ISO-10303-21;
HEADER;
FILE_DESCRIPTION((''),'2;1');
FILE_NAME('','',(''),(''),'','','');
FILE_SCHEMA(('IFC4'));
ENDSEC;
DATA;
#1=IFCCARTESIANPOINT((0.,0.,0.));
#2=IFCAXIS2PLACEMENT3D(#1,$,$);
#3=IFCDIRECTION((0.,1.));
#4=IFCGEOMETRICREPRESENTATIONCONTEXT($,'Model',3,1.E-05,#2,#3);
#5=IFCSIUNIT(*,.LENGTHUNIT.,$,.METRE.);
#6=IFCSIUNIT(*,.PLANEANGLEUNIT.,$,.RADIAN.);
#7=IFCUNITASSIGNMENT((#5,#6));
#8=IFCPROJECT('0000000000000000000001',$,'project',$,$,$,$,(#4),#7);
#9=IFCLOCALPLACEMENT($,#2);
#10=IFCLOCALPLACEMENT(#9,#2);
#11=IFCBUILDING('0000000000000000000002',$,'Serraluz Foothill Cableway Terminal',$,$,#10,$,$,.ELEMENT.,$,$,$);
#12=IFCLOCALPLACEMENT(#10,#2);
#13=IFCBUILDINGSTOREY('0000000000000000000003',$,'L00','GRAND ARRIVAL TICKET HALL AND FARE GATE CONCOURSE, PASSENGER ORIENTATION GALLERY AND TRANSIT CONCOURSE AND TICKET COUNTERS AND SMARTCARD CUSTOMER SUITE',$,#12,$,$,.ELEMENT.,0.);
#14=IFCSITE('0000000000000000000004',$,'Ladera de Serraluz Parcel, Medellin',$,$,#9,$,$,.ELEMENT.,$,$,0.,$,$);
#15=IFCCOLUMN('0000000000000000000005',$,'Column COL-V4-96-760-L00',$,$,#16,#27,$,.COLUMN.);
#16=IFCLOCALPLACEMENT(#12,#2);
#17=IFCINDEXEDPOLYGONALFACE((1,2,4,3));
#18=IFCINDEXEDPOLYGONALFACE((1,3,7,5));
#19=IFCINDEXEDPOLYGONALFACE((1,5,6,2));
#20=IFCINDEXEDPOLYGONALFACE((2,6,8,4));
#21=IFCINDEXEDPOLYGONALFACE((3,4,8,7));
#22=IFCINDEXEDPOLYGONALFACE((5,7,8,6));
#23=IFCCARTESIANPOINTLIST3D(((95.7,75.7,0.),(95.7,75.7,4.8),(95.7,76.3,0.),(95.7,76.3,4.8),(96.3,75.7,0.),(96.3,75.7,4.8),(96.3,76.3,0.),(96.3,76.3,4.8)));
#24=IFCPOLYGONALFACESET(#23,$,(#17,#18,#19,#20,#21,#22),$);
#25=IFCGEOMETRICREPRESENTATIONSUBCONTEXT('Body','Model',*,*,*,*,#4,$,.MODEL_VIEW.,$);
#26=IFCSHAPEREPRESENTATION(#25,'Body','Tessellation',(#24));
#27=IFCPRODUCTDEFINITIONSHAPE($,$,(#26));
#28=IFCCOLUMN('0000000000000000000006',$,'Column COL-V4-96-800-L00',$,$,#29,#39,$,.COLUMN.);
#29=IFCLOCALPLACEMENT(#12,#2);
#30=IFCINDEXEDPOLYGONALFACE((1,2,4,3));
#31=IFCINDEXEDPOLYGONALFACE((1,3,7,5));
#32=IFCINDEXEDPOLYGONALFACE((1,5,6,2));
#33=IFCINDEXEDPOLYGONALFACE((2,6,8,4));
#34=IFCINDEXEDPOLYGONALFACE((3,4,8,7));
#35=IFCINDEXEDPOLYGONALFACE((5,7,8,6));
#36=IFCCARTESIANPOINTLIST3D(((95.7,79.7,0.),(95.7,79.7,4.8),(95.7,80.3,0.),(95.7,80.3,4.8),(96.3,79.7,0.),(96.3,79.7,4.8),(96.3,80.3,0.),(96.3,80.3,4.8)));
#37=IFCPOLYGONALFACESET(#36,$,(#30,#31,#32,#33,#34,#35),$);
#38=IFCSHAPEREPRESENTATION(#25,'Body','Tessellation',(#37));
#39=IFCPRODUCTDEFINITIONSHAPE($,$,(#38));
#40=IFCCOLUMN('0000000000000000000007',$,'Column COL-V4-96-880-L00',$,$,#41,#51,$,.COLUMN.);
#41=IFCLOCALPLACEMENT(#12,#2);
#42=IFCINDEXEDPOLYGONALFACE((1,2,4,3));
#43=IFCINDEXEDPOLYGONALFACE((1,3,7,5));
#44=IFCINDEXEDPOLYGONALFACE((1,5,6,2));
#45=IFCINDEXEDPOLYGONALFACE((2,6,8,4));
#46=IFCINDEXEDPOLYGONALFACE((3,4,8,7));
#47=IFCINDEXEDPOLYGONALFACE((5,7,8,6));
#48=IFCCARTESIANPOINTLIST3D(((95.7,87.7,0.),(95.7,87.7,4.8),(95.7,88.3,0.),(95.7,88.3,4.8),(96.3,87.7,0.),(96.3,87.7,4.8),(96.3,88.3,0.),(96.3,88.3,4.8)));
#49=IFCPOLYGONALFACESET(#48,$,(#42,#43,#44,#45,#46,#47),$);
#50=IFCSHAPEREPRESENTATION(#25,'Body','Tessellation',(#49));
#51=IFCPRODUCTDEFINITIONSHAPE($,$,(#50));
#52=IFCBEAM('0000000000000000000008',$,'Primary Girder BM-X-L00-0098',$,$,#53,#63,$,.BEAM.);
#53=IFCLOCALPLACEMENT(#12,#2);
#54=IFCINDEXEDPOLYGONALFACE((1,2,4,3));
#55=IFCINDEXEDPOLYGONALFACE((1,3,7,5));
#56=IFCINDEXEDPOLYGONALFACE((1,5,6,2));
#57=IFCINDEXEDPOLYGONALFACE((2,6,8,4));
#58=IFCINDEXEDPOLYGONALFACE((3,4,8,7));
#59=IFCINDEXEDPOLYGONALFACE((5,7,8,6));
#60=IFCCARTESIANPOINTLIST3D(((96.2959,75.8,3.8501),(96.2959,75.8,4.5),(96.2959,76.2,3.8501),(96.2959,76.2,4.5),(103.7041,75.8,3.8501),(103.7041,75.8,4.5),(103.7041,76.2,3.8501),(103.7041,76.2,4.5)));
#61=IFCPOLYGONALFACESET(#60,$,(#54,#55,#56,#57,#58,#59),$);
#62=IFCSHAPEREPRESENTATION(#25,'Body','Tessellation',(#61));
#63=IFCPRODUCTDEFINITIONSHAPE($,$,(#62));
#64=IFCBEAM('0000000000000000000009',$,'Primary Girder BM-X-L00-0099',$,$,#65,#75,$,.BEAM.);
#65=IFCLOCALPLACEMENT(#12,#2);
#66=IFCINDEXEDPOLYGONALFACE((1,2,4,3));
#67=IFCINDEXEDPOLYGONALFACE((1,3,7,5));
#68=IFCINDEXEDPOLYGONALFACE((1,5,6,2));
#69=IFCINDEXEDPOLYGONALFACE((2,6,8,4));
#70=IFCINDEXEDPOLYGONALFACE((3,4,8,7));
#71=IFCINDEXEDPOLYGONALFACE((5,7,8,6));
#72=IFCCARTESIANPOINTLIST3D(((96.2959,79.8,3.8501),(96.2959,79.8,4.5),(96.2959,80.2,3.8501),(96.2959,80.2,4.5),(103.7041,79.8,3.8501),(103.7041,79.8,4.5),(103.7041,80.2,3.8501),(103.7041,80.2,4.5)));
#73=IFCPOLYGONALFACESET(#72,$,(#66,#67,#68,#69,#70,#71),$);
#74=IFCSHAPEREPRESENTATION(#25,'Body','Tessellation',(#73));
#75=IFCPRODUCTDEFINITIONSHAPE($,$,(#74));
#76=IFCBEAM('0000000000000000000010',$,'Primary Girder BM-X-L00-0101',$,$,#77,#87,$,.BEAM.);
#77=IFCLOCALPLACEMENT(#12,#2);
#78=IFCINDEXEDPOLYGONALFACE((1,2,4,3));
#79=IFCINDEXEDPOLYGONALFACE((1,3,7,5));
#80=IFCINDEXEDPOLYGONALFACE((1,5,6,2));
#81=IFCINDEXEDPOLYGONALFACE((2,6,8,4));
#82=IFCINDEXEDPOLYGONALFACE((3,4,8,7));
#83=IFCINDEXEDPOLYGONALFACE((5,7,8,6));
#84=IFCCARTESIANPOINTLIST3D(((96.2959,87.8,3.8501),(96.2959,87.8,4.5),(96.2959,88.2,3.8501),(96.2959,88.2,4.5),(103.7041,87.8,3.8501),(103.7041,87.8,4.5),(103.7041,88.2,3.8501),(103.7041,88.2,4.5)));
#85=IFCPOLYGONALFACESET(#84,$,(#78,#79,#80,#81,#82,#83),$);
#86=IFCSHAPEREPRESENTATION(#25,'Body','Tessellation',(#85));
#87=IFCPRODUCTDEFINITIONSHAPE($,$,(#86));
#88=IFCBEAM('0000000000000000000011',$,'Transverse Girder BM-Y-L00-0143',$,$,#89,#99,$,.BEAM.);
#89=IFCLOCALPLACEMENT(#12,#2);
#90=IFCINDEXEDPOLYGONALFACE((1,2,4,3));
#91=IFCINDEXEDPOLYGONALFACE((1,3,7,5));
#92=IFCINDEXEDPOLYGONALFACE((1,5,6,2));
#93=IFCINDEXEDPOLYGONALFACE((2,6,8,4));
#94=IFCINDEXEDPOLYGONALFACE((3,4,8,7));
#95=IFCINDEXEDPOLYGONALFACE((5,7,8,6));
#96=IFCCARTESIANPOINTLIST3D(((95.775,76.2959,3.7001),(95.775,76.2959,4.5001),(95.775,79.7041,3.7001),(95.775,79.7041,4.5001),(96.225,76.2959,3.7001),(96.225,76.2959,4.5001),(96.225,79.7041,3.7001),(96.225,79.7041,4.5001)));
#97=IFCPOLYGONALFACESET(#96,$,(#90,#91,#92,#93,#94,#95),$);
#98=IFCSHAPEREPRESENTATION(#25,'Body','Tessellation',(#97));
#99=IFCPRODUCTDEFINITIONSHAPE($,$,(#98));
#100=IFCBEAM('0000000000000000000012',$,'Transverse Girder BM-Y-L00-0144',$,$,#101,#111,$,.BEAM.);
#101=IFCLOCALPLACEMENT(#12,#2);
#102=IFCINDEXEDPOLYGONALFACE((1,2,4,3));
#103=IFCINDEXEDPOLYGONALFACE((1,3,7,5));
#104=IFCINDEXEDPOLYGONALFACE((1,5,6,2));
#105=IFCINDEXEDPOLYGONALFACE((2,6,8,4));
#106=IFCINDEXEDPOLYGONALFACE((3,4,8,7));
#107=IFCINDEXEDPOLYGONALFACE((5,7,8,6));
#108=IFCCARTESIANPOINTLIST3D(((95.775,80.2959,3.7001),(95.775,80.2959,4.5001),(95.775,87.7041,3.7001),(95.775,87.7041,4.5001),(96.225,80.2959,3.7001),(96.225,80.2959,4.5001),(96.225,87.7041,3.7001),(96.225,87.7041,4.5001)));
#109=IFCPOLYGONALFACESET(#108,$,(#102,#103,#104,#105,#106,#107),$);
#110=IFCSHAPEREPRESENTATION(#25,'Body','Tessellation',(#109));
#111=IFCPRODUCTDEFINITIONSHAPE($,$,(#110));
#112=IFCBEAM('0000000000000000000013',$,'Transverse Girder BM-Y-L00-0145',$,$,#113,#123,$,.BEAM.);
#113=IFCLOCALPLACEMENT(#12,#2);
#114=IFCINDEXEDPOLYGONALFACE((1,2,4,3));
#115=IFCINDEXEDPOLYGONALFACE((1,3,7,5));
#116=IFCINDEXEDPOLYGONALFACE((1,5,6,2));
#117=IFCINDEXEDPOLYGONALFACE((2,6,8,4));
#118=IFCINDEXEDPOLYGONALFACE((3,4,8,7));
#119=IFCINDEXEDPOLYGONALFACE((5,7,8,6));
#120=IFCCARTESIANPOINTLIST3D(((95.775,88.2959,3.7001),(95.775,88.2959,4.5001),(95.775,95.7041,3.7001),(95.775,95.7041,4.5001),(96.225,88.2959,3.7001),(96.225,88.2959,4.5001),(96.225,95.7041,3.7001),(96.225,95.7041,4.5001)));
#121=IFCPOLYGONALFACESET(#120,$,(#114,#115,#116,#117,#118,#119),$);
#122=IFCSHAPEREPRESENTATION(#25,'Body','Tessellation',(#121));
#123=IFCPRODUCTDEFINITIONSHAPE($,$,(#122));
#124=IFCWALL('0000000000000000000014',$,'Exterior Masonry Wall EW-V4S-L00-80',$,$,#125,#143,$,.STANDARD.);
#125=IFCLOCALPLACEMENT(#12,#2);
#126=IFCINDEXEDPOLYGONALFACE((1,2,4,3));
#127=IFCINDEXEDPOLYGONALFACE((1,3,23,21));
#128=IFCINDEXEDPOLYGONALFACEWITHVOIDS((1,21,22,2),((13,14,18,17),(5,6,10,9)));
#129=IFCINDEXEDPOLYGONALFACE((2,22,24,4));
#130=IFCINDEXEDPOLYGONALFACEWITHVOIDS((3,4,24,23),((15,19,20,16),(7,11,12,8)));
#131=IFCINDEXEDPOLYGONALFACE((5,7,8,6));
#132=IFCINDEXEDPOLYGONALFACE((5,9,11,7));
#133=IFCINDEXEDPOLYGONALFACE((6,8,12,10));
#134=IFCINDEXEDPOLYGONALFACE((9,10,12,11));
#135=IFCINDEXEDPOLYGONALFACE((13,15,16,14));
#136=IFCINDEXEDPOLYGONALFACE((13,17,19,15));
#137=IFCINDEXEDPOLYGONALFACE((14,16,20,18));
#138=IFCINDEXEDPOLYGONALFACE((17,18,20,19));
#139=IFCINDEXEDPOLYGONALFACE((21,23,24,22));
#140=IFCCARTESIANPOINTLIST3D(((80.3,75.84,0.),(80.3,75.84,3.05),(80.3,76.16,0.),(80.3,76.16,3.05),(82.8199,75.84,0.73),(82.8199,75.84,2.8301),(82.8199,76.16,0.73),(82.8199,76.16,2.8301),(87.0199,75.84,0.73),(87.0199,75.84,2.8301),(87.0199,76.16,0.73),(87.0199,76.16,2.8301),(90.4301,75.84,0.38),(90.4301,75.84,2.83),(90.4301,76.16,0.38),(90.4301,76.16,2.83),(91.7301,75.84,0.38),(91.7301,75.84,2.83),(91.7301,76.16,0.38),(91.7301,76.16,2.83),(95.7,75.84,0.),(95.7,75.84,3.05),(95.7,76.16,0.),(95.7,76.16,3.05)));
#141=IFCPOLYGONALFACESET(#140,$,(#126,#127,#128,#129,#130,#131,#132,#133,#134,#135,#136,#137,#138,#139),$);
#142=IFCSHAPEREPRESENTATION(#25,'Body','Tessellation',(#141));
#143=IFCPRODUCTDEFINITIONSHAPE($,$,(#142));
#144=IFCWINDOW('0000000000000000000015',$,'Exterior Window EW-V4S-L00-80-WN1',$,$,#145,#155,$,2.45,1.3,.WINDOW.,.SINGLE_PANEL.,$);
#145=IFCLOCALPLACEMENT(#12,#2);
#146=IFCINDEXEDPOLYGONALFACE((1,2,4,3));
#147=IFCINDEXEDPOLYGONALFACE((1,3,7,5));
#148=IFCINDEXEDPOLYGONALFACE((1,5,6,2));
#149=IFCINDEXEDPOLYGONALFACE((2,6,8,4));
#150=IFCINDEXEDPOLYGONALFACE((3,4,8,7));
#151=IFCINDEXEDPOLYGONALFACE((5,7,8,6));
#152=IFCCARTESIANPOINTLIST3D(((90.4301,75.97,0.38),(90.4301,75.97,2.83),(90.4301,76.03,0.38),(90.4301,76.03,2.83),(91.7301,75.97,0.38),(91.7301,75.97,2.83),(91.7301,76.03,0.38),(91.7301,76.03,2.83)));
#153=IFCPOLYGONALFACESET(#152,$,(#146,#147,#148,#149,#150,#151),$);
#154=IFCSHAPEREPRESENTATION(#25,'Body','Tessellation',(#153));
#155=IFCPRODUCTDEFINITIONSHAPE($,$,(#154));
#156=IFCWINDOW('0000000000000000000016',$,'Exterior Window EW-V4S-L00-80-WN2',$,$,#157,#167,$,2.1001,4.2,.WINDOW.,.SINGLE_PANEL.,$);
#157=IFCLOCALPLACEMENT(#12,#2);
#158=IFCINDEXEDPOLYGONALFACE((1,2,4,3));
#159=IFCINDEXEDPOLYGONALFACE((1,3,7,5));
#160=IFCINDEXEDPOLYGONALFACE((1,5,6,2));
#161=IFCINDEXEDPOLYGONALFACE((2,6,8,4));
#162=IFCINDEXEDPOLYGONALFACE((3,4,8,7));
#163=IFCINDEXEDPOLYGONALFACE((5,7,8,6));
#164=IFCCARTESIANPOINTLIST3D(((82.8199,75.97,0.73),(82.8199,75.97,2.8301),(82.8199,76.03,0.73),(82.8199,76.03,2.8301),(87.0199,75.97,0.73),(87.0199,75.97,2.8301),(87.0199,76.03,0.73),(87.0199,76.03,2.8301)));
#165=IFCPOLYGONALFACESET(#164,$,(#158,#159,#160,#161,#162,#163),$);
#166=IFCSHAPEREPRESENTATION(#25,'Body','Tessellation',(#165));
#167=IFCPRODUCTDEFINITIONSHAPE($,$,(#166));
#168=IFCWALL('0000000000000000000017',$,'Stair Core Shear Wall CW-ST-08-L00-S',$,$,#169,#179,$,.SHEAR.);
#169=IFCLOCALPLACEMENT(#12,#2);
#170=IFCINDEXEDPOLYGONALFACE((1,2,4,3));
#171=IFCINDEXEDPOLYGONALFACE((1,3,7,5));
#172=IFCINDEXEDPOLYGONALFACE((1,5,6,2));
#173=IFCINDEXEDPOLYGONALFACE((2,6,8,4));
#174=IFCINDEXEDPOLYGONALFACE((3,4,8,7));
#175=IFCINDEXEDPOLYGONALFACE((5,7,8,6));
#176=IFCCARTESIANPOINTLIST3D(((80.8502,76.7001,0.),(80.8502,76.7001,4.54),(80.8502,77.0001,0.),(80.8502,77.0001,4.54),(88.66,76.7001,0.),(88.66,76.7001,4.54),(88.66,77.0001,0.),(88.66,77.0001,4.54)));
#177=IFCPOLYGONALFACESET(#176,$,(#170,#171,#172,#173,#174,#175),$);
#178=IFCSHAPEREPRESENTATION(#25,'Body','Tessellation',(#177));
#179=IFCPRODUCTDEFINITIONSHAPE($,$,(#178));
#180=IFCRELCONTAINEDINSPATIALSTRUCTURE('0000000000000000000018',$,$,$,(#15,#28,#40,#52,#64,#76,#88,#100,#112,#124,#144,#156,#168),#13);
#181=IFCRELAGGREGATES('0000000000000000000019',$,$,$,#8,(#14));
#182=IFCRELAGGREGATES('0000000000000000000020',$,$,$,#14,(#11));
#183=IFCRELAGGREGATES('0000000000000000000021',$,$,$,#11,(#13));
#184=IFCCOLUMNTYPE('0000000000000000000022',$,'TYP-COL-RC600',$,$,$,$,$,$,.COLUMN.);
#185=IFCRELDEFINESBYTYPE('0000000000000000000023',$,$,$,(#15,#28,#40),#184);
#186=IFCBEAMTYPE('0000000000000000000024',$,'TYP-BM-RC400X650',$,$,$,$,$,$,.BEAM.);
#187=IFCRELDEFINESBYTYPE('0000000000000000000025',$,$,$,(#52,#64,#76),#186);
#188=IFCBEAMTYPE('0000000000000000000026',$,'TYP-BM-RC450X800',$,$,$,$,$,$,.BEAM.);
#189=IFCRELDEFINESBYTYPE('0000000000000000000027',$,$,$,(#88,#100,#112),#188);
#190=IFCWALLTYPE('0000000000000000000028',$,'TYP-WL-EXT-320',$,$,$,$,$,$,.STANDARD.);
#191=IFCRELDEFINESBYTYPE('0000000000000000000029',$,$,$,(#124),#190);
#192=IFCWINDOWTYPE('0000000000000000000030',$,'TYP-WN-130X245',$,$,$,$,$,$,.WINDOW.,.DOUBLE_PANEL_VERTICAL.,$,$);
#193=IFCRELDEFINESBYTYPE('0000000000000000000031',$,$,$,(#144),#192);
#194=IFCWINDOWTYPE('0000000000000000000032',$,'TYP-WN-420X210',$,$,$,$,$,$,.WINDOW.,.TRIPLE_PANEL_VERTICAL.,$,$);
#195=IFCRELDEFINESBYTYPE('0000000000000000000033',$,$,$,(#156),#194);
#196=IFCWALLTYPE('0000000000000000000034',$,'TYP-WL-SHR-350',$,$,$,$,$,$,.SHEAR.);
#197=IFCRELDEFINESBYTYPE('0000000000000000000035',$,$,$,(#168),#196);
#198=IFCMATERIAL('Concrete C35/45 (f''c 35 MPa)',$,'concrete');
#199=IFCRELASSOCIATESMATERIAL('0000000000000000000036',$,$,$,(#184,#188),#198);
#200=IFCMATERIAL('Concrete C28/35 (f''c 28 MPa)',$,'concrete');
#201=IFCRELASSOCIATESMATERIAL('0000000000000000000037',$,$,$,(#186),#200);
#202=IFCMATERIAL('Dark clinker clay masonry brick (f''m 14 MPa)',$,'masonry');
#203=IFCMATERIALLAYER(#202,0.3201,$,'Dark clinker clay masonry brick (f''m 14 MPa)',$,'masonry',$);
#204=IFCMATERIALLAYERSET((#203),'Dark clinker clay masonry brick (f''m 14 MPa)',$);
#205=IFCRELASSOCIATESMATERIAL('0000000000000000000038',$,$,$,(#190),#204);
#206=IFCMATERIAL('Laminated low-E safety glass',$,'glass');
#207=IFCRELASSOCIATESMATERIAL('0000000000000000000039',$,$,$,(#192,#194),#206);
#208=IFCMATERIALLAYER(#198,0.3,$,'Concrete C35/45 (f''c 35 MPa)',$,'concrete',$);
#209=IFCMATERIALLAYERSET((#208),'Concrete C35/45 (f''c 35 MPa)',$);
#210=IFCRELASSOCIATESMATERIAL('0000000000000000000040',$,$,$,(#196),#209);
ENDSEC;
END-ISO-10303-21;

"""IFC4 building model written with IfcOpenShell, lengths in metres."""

from ifc_helpers import new_model, si_unit, direction, frame, frame_2d, origin, origin_2d, place, context, subcontext, project, spatial, rectangle, extrude, material, layer, layer_set, material_profile, profile_set, type_object, element, fill, save


model = new_model("IFC4")

# Units and contexts
model_context = context("Model", 3, precision=1e-05, world=origin(), true_north=direction((0.0, 1.0)))
body_context = subcontext(model_context, "Body", "Model", "MODEL_VIEW")
ifc_project = project(units=[si_unit("LENGTHUNIT", "METRE"), si_unit("PLANEANGLEUNIT", "RADIAN")], contexts=[model_context])

# Site, building, storey
site_placement = place(None, origin())
site = spatial("IfcSite", under=ifc_project, at=site_placement, Name="Ladera de Serraluz Parcel, Medellin", CompositionType="ELEMENT", RefElevation=0.0)
building_placement = place(site_placement, origin())
building = spatial("IfcBuilding", under=site, at=building_placement, Name="Serraluz Foothill Cableway Terminal", CompositionType="ELEMENT")
storey_placement = place(building_placement, origin())
storey = spatial("IfcBuildingStorey", under=building, at=storey_placement, Name="L00", Description="GRAND ARRIVAL TICKET HALL AND FARE GATE CONCOURSE, PASSENGER ORIENTATION GALLERY AND TRANSIT CONCOURSE AND TICKET COUNTERS AND SMARTCARD CUSTOMER SUITE", CompositionType="ELEMENT", Elevation=0.0)

# Columns
ifc_material_1 = material(Name="Concrete C35/45 (f'c 35 MPa)", Category="concrete")
ifc_material_profile_1 = material_profile(ifc_material_1, rectangle(XDim=0.6001, YDim=0.6001, at=origin_2d()), Name="RC 600x600")
ifc_profile_set_1 = profile_set([ifc_material_profile_1], Name="Concrete C35/45 (f'c 35 MPa)")
column_type = type_object("IfcColumnType", Name="TYP-COL-RC600", PredefinedType="COLUMN", material=ifc_profile_set_1)
for number, where, z_axis, x_axis, name in (
    (1, (96.0, 76.0, 0.0), (0.0, 0.0, 1.0), (1.0, 0.0, 0.0), "Column COL-V4-96-760-L00"),
    (2, (96.0, 80.0, 0.0), (0.0, 0.0, 1.0), (1.0, 0.0, 0.0), "Column COL-V4-96-800-L00"),
    (3, (96.0, 88.0, 0.0), (0.0, 0.0, 1.0), (1.0, 0.0, 0.0), "Column COL-V4-96-880-L00"),
):
    element("IfcColumn", number, at=place(storey_placement, frame(where, z_axis=z_axis, x_axis=x_axis)), inside=storey, type_object=column_type, Name=name, PredefinedType="COLUMN", context=body_context, shape_type="SweptSolid", body=[
        extrude(rectangle(XDim=0.6001, YDim=0.6001, at=origin_2d()), origin(), (0.0, 0.0, 1.0), 4.8),
    ])

# Beams
ifc_material_2 = material(Name="Concrete C28/35 (f'c 28 MPa)", Category="concrete")
ifc_material_profile_2 = material_profile(ifc_material_2, rectangle(XDim=0.3999, YDim=0.6499, at=origin_2d()), Name="RC 400x650")
ifc_profile_set_2 = profile_set([ifc_material_profile_2], Name="Concrete C28/35 (f'c 28 MPa)")
beam_type_1 = type_object("IfcBeamType", Name="TYP-BM-RC400X650", PredefinedType="BEAM", material=ifc_profile_set_2)
for number, where, z_axis, x_axis, name in (
    (4, (96.2959, 76.0, 4.175), (1.0, 0.0, 0.0), (0.0, 1.0, 0.0), "Primary Girder BM-X-L00-0098"),
    (5, (96.2959, 80.0, 4.175), (1.0, 0.0, 0.0), (0.0, 1.0, 0.0), "Primary Girder BM-X-L00-0099"),
    (6, (96.2959, 88.0, 4.175), (1.0, 0.0, 0.0), (0.0, 1.0, 0.0), "Primary Girder BM-X-L00-0101"),
):
    element("IfcBeam", number, at=place(storey_placement, frame(where, z_axis=z_axis, x_axis=x_axis)), inside=storey, type_object=beam_type_1, Name=name, PredefinedType="BEAM", context=body_context, shape_type="SweptSolid", body=[
        extrude(rectangle(XDim=0.3999, YDim=0.6499, at=origin_2d()), origin(), (0.0, 0.0, 1.0), 7.4082),
    ])
ifc_material_profile_3 = material_profile(ifc_material_1, rectangle(XDim=0.45, YDim=0.8, at=origin_2d()), Name="RC 450x800")
ifc_profile_set_3 = profile_set([ifc_material_profile_3], Name="Concrete C35/45 (f'c 35 MPa)")
beam_type_2 = type_object("IfcBeamType", Name="TYP-BM-RC450X800", PredefinedType="BEAM", material=ifc_profile_set_3)
beam_placement = place(storey_placement, frame((96.0, 76.2959, 4.1001), z_axis=(0.0, 1.0, 0.0), x_axis=(-1.0, 0.0, 0.0)))
element("IfcBeam", 7, at=beam_placement, inside=storey, type_object=beam_type_2, Name="Transverse Girder BM-Y-L00-0143", PredefinedType="BEAM", context=body_context, shape_type="SweptSolid", body=[
    extrude(rectangle(XDim=0.45, YDim=0.8, at=origin_2d()), origin(), (0.0, 0.0, 1.0), 3.4082),
])
for number, where, z_axis, x_axis, name in (
    (8, (96.0, 80.2959, 4.1001), (0.0, 1.0, 0.0), (-1.0, 0.0, 0.0), "Transverse Girder BM-Y-L00-0144"),
    (9, (96.0, 88.2959, 4.1001), (0.0, 1.0, 0.0), (-1.0, 0.0, 0.0), "Transverse Girder BM-Y-L00-0145"),
):
    element("IfcBeam", number, at=place(storey_placement, frame(where, z_axis=z_axis, x_axis=x_axis)), inside=storey, type_object=beam_type_2, Name=name, PredefinedType="BEAM", context=body_context, shape_type="SweptSolid", body=[
        extrude(rectangle(XDim=0.45, YDim=0.8, at=origin_2d()), origin(), (0.0, 0.0, 1.0), 7.4082),
    ])

# Wall, openings, windows
ifc_material_3 = material(Name="Dark clinker clay masonry brick (f'm 14 MPa)", Category="masonry")
ifc_layer_1 = layer(ifc_material_3, 0.3201, Name="Dark clinker clay masonry brick (f'm 14 MPa)", Category="masonry")
ifc_layer_set_1 = layer_set([ifc_layer_1], Name="Dark clinker clay masonry brick (f'm 14 MPa)")
wall_type_1 = type_object("IfcWallType", Name="TYP-WL-EXT-320", PredefinedType="STANDARD", material=ifc_layer_set_1)
wall_1_placement = place(storey_placement, frame((95.7, 76.0, 0.0), z_axis=(0.0, 0.0, 1.0), x_axis=(-1.0, 0.0, 0.0)))
wall_1 = element("IfcWall", 10, at=wall_1_placement, inside=storey, type_object=wall_type_1, Name="Exterior Masonry Wall EW-V4S-L00-80", PredefinedType="STANDARD", context=body_context, shape_type="SweptSolid", body=[
    extrude(rectangle(XDim=15.3999, YDim=0.3201, at=frame_2d((7.7, 0.0))), origin(), (0.0, 0.0, 1.0), 3.05),
])
opening_1_placement = place(wall_1_placement, frame((3.97, 0.0, 0.3799)))
opening_1 = element("IfcOpeningElement", 11, at=opening_1_placement, cuts=wall_1, PredefinedType="OPENING", context=body_context, shape_type="SweptSolid", body=[
    extrude(rectangle(XDim=1.3, YDim=2.45, at=frame_2d((0.6499, 1.2251))), frame((0.0, 0.1699, 0.0), z_axis=(0.0, -1.0, 0.0), x_axis=(1.0, 0.0, 0.0)), (0.0, 0.0, 1.0), 0.3401),
])
opening_2_placement = place(wall_1_placement, frame((8.6799, 0.0, 0.73)))
opening_2 = element("IfcOpeningElement", 12, at=opening_2_placement, cuts=wall_1, PredefinedType="OPENING", context=body_context, shape_type="SweptSolid", body=[
    extrude(rectangle(XDim=4.2, YDim=2.1001, at=frame_2d((2.1001, 1.05))), frame((0.0, 0.1699, 0.0), z_axis=(0.0, -1.0, 0.0), x_axis=(1.0, 0.0, 0.0)), (0.0, 0.0, 1.0), 0.3401),
])
ifc_material_4 = material(Name="Laminated low-E safety glass", Category="glass")
window_type_1 = type_object("IfcWindowType", Name="TYP-WN-130X245", PartitioningType="DOUBLE_PANEL_VERTICAL", PredefinedType="WINDOW", material=ifc_material_4)
window_1_placement = place(opening_1_placement, origin())
window_1 = element("IfcWindow", 13, at=window_1_placement, inside=storey, type_object=window_type_1, Name="Exterior Window EW-V4S-L00-80-WN1", OverallHeight=2.45, OverallWidth=1.3, PartitioningType="SINGLE_PANEL", PredefinedType="WINDOW", context=body_context, shape_type="SweptSolid", body=[
    extrude(rectangle(XDim=1.3, YDim=2.45, at=frame_2d((0.6499, 1.2251))), frame((0.0, 0.03, 0.0), z_axis=(0.0, -1.0, 0.0), x_axis=(1.0, 0.0, 0.0)), (0.0, 0.0, 1.0), 0.0601),
])
fill(opening_1, window_1)
window_type_2 = type_object("IfcWindowType", Name="TYP-WN-420X210", PartitioningType="TRIPLE_PANEL_VERTICAL", PredefinedType="WINDOW", material=ifc_material_4)
window_2_placement = place(opening_2_placement, origin())
window_2 = element("IfcWindow", 14, at=window_2_placement, inside=storey, type_object=window_type_2, Name="Exterior Window EW-V4S-L00-80-WN2", OverallHeight=2.1001, OverallWidth=4.2, PartitioningType="SINGLE_PANEL", PredefinedType="WINDOW", context=body_context, shape_type="SweptSolid", body=[
    extrude(rectangle(XDim=4.2, YDim=2.1001, at=frame_2d((2.1001, 1.05))), frame((0.0, 0.03, 0.0), z_axis=(0.0, -1.0, 0.0), x_axis=(1.0, 0.0, 0.0)), (0.0, 0.0, 1.0), 0.0601),
])
fill(opening_2, window_2)

# Wall
ifc_layer_2 = layer(ifc_material_1, 0.3, Name="Concrete C35/45 (f'c 35 MPa)", Category="concrete")
ifc_layer_set_2 = layer_set([ifc_layer_2], Name="Concrete C35/45 (f'c 35 MPa)")
wall_type_2 = type_object("IfcWallType", Name="TYP-WL-SHR-350", PredefinedType="SHEAR", material=ifc_layer_set_2)
wall_2_placement = place(storey_placement, frame((88.6599, 76.8501, 0.0), z_axis=(0.0, 0.0, 1.0), x_axis=(-1.0, 0.0, 0.0)))
element("IfcWall", 15, at=wall_2_placement, inside=storey, type_object=wall_type_2, Name="Stair Core Shear Wall CW-ST-08-L00-S", PredefinedType="SHEAR", context=body_context, shape_type="SweptSolid", body=[
    extrude(rectangle(XDim=7.8098, YDim=0.3, at=frame_2d((3.9048, 0.0))), origin(), (0.0, 0.0, 1.0), 4.54),
])

save(model, "model.ifc")
